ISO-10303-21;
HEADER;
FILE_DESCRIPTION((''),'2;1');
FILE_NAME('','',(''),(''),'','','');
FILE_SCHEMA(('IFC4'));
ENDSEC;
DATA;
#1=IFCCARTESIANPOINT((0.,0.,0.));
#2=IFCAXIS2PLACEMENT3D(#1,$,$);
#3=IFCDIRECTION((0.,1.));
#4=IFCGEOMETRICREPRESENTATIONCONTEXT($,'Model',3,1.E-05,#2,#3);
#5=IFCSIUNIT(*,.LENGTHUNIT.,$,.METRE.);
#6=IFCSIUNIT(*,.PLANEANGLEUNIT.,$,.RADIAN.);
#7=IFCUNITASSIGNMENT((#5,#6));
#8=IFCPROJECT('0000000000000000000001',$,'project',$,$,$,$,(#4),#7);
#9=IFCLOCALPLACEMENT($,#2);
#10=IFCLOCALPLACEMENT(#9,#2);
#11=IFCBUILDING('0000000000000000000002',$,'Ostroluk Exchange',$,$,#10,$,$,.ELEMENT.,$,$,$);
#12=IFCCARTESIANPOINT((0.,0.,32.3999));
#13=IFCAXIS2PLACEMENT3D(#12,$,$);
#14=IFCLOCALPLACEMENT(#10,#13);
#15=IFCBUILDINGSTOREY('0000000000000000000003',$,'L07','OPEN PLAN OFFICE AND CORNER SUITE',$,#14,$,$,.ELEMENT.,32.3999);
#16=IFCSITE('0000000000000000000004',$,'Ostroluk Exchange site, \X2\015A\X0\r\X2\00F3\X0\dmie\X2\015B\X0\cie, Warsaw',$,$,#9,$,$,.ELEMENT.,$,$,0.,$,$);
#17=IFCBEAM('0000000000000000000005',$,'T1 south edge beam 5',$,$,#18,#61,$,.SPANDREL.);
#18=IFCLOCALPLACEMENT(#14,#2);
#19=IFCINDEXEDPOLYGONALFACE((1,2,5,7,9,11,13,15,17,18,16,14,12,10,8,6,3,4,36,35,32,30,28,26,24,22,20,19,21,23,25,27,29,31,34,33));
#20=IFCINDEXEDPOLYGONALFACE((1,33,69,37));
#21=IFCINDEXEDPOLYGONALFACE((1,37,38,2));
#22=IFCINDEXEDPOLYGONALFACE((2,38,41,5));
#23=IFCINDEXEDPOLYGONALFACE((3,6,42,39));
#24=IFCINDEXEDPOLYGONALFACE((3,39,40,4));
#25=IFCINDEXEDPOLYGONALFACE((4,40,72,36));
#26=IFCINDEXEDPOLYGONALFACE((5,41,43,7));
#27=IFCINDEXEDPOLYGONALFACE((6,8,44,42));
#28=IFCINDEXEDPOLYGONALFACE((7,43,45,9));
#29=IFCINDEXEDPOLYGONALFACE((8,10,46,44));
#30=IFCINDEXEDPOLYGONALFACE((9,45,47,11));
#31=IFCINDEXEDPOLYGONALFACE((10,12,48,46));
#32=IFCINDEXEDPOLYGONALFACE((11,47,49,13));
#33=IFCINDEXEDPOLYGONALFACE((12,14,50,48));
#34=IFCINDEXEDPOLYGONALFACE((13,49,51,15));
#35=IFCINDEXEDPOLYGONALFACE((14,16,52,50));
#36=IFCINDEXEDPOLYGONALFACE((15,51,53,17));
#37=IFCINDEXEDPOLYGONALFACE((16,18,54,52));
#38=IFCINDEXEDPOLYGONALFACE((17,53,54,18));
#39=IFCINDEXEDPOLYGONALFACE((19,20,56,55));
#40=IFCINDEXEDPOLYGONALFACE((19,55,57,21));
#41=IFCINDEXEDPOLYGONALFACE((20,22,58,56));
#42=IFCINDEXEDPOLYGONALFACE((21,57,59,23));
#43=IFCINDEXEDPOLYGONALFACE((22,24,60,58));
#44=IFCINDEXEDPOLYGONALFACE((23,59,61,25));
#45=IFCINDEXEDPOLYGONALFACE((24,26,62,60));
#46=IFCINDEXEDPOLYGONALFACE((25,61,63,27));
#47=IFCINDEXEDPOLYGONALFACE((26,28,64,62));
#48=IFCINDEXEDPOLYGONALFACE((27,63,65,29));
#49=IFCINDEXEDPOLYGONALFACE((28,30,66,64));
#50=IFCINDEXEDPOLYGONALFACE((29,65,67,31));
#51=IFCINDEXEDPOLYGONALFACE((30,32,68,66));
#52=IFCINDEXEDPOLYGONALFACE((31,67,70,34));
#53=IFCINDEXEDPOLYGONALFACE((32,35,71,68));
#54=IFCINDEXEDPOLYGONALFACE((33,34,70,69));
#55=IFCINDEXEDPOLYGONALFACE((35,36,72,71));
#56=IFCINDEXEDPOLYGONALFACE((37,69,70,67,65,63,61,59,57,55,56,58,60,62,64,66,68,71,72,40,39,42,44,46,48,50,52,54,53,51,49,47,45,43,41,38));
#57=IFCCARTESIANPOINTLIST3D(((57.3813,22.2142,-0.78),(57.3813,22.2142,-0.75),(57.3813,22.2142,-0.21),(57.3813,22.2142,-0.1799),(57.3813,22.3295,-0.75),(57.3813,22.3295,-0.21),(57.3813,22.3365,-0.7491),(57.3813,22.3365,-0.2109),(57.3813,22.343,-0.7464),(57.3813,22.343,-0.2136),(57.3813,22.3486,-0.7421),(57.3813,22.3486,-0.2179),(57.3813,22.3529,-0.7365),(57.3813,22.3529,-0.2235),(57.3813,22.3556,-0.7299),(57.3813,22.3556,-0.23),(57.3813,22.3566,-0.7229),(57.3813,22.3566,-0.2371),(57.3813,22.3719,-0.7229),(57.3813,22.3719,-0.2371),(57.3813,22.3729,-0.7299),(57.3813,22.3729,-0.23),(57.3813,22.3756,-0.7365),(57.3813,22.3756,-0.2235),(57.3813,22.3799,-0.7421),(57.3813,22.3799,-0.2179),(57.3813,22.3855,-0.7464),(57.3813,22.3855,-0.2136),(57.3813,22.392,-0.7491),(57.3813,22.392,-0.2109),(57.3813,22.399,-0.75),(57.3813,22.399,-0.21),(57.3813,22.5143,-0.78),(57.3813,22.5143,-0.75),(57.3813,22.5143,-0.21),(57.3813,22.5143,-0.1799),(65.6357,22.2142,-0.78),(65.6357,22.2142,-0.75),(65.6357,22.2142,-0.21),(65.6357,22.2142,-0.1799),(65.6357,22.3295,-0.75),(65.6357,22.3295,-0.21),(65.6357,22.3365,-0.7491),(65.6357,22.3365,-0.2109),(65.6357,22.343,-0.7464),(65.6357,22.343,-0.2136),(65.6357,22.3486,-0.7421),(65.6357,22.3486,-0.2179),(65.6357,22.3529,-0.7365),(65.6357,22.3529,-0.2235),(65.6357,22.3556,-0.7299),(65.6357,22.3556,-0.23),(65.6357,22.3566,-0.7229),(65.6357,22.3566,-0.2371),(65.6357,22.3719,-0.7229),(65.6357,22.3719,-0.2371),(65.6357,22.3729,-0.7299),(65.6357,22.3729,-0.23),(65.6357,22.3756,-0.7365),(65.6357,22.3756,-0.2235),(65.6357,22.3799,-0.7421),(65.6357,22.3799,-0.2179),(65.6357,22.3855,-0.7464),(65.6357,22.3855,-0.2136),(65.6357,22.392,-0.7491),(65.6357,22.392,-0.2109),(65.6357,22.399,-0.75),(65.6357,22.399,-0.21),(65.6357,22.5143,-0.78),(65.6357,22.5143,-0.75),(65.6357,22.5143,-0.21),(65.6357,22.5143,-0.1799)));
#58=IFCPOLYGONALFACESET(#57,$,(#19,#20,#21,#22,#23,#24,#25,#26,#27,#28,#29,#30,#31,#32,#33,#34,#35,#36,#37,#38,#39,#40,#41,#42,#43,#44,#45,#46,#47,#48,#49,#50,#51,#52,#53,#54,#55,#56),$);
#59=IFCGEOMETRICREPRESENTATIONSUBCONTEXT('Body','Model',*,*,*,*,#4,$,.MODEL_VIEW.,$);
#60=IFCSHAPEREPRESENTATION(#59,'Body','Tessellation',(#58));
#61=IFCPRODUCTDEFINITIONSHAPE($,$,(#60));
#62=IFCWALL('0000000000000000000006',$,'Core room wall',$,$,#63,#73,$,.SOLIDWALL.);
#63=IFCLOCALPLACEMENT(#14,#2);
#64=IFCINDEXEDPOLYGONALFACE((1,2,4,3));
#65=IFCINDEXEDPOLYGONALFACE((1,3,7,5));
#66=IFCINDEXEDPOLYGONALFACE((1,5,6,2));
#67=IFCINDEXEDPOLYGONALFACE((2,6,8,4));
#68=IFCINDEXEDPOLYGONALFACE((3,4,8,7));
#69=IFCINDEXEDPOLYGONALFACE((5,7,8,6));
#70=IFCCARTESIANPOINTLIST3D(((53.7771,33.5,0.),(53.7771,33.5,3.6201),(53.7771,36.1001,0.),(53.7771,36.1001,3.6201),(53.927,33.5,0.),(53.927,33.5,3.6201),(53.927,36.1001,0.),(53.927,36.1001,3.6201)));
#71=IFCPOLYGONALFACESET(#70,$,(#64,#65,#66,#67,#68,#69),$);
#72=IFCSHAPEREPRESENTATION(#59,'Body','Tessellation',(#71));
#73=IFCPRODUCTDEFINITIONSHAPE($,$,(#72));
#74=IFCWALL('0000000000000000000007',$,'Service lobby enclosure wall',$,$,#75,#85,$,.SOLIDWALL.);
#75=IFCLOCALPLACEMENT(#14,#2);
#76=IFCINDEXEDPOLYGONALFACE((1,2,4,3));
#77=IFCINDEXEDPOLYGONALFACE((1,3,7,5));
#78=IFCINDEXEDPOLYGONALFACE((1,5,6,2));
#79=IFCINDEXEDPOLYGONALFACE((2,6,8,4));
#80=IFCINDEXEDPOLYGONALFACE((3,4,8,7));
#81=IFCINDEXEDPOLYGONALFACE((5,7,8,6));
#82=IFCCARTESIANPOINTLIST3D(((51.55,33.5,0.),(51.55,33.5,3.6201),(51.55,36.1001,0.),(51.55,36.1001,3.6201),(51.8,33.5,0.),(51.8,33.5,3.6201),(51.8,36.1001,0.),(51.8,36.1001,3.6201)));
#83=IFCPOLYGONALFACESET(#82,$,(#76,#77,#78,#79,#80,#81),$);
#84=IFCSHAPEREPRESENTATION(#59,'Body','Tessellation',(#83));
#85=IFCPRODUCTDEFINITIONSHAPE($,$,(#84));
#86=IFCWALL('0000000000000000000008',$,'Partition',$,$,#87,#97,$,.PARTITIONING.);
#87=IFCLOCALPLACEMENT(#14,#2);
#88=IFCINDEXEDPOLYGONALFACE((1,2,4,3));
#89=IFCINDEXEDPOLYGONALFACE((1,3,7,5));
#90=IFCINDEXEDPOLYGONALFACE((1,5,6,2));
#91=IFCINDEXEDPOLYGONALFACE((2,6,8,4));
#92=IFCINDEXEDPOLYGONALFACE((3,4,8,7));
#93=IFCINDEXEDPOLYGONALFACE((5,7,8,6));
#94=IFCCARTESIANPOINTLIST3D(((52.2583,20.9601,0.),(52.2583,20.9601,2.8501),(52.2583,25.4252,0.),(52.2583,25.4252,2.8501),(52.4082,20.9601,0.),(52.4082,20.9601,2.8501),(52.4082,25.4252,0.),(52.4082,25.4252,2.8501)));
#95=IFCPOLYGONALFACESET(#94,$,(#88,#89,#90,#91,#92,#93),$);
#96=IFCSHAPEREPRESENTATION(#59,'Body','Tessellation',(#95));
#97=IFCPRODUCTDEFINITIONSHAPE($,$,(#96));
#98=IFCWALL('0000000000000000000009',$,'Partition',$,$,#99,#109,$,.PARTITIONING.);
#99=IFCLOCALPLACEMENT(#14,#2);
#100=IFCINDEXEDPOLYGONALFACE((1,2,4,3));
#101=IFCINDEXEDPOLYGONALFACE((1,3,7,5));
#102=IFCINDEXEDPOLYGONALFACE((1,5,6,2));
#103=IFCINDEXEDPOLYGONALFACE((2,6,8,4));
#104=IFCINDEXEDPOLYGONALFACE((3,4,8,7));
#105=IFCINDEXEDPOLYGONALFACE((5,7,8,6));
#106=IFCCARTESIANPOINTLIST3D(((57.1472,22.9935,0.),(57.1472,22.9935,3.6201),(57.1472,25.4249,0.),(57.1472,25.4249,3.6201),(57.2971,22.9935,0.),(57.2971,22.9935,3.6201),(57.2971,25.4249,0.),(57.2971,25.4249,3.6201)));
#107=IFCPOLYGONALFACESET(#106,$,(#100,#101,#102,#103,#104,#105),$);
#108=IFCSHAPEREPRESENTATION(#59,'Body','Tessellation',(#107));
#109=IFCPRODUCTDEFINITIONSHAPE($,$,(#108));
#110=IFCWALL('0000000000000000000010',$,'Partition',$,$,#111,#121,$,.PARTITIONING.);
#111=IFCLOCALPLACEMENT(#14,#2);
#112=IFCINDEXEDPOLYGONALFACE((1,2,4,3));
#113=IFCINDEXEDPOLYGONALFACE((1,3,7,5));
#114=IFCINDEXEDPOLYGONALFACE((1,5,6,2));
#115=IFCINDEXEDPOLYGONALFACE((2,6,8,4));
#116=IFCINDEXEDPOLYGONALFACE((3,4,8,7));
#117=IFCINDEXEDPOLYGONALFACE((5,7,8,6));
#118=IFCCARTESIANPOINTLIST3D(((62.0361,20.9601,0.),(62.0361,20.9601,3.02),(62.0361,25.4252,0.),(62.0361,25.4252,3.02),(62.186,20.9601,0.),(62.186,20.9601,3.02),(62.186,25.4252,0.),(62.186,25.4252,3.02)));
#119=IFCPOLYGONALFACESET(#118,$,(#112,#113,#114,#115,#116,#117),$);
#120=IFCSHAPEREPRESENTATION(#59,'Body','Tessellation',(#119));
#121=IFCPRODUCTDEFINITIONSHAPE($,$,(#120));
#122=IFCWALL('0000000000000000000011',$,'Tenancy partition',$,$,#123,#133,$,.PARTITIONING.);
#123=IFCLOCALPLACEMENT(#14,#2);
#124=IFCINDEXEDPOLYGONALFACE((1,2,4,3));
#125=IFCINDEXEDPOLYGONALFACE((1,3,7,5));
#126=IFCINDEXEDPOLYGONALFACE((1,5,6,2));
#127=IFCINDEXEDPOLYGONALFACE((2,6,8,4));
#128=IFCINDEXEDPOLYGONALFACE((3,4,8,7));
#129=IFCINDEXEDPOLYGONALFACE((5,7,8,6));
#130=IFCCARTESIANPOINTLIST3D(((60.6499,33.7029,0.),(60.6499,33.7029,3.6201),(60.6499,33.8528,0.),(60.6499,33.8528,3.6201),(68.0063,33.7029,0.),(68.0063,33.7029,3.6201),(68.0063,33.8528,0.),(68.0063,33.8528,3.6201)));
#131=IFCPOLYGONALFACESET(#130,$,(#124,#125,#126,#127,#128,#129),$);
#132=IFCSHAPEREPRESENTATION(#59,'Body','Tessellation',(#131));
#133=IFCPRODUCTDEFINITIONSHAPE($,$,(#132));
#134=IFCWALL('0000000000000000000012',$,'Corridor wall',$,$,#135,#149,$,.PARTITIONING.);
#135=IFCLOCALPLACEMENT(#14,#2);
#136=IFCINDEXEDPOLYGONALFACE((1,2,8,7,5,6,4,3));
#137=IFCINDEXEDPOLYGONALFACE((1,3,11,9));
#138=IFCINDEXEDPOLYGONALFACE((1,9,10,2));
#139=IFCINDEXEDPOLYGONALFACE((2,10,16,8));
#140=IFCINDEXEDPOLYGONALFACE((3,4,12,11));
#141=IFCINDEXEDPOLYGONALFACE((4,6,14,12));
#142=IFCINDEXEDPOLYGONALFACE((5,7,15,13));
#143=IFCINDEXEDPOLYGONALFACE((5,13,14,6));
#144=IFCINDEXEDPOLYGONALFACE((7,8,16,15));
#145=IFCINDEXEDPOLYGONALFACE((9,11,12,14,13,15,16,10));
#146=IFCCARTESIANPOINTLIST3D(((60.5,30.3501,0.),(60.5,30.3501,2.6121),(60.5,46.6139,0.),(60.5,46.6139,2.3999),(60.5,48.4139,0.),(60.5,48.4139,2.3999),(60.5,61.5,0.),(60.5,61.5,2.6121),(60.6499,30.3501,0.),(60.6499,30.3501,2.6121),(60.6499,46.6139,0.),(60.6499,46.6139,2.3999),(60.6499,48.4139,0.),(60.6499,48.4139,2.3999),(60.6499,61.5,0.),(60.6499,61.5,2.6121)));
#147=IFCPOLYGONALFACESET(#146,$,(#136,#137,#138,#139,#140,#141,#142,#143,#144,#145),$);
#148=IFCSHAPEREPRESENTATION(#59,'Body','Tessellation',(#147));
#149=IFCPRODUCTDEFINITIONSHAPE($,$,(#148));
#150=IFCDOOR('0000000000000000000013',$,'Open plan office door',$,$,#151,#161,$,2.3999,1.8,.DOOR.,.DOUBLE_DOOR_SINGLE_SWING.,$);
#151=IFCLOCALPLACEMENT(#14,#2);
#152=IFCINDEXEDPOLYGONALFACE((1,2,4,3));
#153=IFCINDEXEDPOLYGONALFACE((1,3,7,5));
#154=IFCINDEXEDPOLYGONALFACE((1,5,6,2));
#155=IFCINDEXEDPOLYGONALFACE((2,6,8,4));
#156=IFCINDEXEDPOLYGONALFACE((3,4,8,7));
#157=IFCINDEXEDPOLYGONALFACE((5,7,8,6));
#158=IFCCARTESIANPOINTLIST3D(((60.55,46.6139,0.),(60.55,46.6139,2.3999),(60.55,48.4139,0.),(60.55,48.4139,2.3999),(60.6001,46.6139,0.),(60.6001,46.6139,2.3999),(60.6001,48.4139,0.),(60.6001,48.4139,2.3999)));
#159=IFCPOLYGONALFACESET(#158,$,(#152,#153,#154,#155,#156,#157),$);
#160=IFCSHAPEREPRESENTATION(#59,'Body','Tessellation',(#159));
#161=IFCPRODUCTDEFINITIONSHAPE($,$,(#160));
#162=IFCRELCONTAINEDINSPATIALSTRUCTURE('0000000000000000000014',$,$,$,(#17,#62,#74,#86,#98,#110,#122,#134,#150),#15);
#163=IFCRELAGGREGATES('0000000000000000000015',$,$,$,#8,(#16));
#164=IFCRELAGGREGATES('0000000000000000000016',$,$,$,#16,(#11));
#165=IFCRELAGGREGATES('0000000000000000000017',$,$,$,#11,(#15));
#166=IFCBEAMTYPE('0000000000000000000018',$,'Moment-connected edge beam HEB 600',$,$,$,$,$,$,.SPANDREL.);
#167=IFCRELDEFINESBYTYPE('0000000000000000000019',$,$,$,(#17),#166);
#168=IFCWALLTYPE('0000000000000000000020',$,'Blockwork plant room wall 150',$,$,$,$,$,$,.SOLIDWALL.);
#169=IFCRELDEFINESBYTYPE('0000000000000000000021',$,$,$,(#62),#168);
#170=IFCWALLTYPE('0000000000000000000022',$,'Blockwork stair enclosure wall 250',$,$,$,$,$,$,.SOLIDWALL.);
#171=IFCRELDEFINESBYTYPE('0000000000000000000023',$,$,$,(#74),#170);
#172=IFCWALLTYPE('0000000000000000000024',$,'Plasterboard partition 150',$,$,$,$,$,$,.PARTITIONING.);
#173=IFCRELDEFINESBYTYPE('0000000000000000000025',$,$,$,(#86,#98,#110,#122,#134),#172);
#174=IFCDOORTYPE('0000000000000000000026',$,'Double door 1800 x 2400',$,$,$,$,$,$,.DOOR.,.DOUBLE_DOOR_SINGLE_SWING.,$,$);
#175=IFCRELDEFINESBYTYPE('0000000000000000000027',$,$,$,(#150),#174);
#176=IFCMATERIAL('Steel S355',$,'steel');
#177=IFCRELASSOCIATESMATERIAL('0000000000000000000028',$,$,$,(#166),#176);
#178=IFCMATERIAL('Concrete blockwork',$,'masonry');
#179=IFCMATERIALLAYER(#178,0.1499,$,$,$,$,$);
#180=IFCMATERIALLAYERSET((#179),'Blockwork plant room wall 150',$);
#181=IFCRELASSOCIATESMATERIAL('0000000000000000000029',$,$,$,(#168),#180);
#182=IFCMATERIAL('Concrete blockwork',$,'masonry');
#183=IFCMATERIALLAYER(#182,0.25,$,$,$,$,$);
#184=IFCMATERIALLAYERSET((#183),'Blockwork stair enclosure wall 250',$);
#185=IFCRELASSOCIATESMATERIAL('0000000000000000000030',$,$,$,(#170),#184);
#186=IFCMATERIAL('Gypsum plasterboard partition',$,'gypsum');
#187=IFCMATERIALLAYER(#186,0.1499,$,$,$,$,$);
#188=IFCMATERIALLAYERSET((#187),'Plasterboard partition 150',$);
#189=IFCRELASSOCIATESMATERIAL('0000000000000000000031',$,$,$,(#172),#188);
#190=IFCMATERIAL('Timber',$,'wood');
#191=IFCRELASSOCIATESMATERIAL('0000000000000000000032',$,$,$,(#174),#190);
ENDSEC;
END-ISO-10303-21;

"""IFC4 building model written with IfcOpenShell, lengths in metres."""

from ifc_helpers import new_model, si_unit, direction, frame, frame_2d, origin, origin_2d, place, context, subcontext, project, spatial, rectangle, i_section, extrude, material, layer, layer_set, material_profile, profile_set, type_object, element, fill, save


model = new_model("IFC4")

# Units and contexts
model_context = context("Model", 3, precision=1e-05, world=origin(), true_north=direction((0.0, 1.0)))
body_context = subcontext(model_context, "Body", "Model", "MODEL_VIEW")
ifc_project = project(units=[si_unit("LENGTHUNIT", "METRE"), si_unit("PLANEANGLEUNIT", "RADIAN")], contexts=[model_context])

# Site, building, storey
site_placement = place(None, origin())
site = spatial("IfcSite", under=ifc_project, at=site_placement, Name="Ostroluk Exchange site, Śródmieście, Warsaw", CompositionType="ELEMENT", RefElevation=0.0)
building_placement = place(site_placement, origin())
building = spatial("IfcBuilding", under=site, at=building_placement, Name="Ostroluk Exchange", CompositionType="ELEMENT")
storey_placement = place(building_placement, frame((0.0, 0.0, 32.3999)))
storey = spatial("IfcBuildingStorey", under=building, at=storey_placement, Name="L07", Description="OPEN PLAN OFFICE AND CORNER SUITE", CompositionType="ELEMENT", Elevation=32.3999)

# Beam
ifc_material_1 = material(Name="Steel S355", Category="steel")
ifc_material_profile_1 = material_profile(ifc_material_1, i_section(OverallWidth=0.3, OverallDepth=0.6001, WebThickness=0.0154, FlangeThickness=0.03, FilletRadius=0.0271, at=origin_2d()), Name="HEB 600")
ifc_profile_set_1 = profile_set([ifc_material_profile_1], Name="Steel S355")
beam_type_1 = type_object("IfcBeamType", Name="Moment-connected edge beam HEB 600", PredefinedType="SPANDREL", material=ifc_profile_set_1)
beam_1_placement = place(storey_placement, frame((57.3813, 22.3643, -0.48), z_axis=(1.0, 0.0, 0.0), x_axis=(0.0, 1.0, 0.0)))
element("IfcBeam", 1, at=beam_1_placement, inside=storey, type_object=beam_type_1, Name="T1 south edge beam 5", PredefinedType="SPANDREL", context=body_context, shape_type="SweptSolid", body=[
    extrude(i_section(OverallWidth=0.3, OverallDepth=0.6001, WebThickness=0.0154, FlangeThickness=0.03, FilletRadius=0.0271, at=origin_2d()), origin(), (0.0, 0.0, 1.0), 8.2544),
])

# Walls
ifc_material_2 = material(Name="Concrete blockwork", Category="masonry")
ifc_layer_1 = layer(ifc_material_2, 0.1499)
ifc_layer_set_1 = layer_set([ifc_layer_1], Name="Blockwork plant room wall 150")
wall_type_1 = type_object("IfcWallType", Name="Blockwork plant room wall 150", PredefinedType="SOLIDWALL", material=ifc_layer_set_1)
wall_1_placement = place(storey_placement, frame((53.8521, 33.5, 0.0), z_axis=(0.0, 0.0, 1.0), x_axis=(0.0, 1.0, 0.0)))
element("IfcWall", 2, at=wall_1_placement, inside=storey, type_object=wall_type_1, Name="Core room wall", PredefinedType="SOLIDWALL", context=body_context, shape_type="SweptSolid", body=[
    extrude(rectangle(XDim=2.6001, YDim=0.1499, at=frame_2d((1.3, 0.0))), origin(), (0.0, 0.0, 1.0), 3.6201),
])
ifc_material_3 = material(Name="Concrete blockwork", Category="masonry")
ifc_layer_2 = layer(ifc_material_3, 0.25)
ifc_layer_set_2 = layer_set([ifc_layer_2], Name="Blockwork stair enclosure wall 250")
wall_type_2 = type_object("IfcWallType", Name="Blockwork stair enclosure wall 250", PredefinedType="SOLIDWALL", material=ifc_layer_set_2)
wall_2_placement = place(storey_placement, frame((51.675, 33.5, 0.0), z_axis=(0.0, 0.0, 1.0), x_axis=(0.0, 1.0, 0.0)))
element("IfcWall", 3, at=wall_2_placement, inside=storey, type_object=wall_type_2, Name="Service lobby enclosure wall", PredefinedType="SOLIDWALL", context=body_context, shape_type="SweptSolid", body=[
    extrude(rectangle(XDim=2.6001, YDim=0.25, at=frame_2d((1.3, 0.0))), origin(), (0.0, 0.0, 1.0), 3.6201),
])

# Walls
ifc_material_4 = material(Name="Gypsum plasterboard partition", Category="gypsum")
ifc_layer_3 = layer(ifc_material_4, 0.1499)
ifc_layer_set_3 = layer_set([ifc_layer_3], Name="Plasterboard partition 150")
wall_type_3 = type_object("IfcWallType", Name="Plasterboard partition 150", PredefinedType="PARTITIONING", material=ifc_layer_set_3)
wall_3_placement = place(storey_placement, frame((52.3333, 25.425, 0.0), z_axis=(0.0, 0.0, 1.0), x_axis=(0.0, -1.0, 0.0)))
element("IfcWall", 4, at=wall_3_placement, inside=storey, type_object=wall_type_3, Name="Partition", PredefinedType="PARTITIONING", context=body_context, shape_type="SweptSolid", body=[
    extrude(rectangle(XDim=4.4651, YDim=0.1499, at=frame_2d((2.2324, 0.0))), origin(), (0.0, 0.0, 1.0), 2.8501),
])
wall_4_placement = place(storey_placement, frame((57.2222, 25.425, 0.0), z_axis=(0.0, 0.0, 1.0), x_axis=(0.0, -1.0, 0.0)))
element("IfcWall", 5, at=wall_4_placement, inside=storey, type_object=wall_type_3, Name="Partition", PredefinedType="PARTITIONING", context=body_context, shape_type="SweptSolid", body=[
    extrude(rectangle(XDim=2.4314, YDim=0.1499, at=frame_2d((1.2158, 0.0))), origin(), (0.0, 0.0, 1.0), 3.6201),
])
wall_5_placement = place(storey_placement, frame((62.1111, 25.425, 0.0), z_axis=(0.0, 0.0, 1.0), x_axis=(0.0, -1.0, 0.0)))
element("IfcWall", 6, at=wall_5_placement, inside=storey, type_object=wall_type_3, Name="Partition", PredefinedType="PARTITIONING", context=body_context, shape_type="SweptSolid", body=[
    extrude(rectangle(XDim=4.4651, YDim=0.1499, at=frame_2d((2.2324, 0.0))), origin(), (0.0, 0.0, 1.0), 3.02),
])
wall_6_placement = place(storey_placement, frame((60.6499, 33.7778, 0.0), z_axis=(0.0, 0.0, 1.0), x_axis=(1.0, 0.0, 0.0)))
element("IfcWall", 7, at=wall_6_placement, inside=storey, type_object=wall_type_3, Name="Tenancy partition", PredefinedType="PARTITIONING", context=body_context, shape_type="SweptSolid", body=[
    extrude(rectangle(XDim=7.3564, YDim=0.1499, at=frame_2d((3.6782, 0.0))), origin(), (0.0, 0.0, 1.0), 3.6201),
])

# Wall, opening, door
wall_7_placement = place(storey_placement, frame((60.575, 30.3501, 0.0), z_axis=(0.0, 0.0, 1.0), x_axis=(0.0, 1.0, 0.0)))
wall_7 = element("IfcWall", 8, at=wall_7_placement, inside=storey, type_object=wall_type_3, Name="Corridor wall", PredefinedType="PARTITIONING", context=body_context, shape_type="SweptSolid", body=[
    extrude(rectangle(XDim=31.1499, YDim=0.1499, at=frame_2d((15.575, 0.0))), origin(), (0.0, 0.0, 1.0), 2.6121),
])
opening_1_placement = place(wall_7_placement, frame((16.2639, 0.0, 0.0)))
opening_1 = element("IfcOpeningElement", 9, at=opening_1_placement, cuts=wall_7, PredefinedType="OPENING", context=body_context, shape_type="SweptSolid", body=[
    extrude(rectangle(XDim=1.8, YDim=2.3999, at=frame_2d((0.8999, 1.2))), frame((0.0, 0.085, 0.0), z_axis=(0.0, -1.0, 0.0), x_axis=(1.0, 0.0, 0.0)), (0.0, 0.0, 1.0), 0.1699),
])
ifc_material_5 = material(Name="Timber", Category="wood")
door_type_1 = type_object("IfcDoorType", Name="Double door 1800 x 2400", OperationType="DOUBLE_DOOR_SINGLE_SWING", PredefinedType="DOOR", material=ifc_material_5)
door_1_placement = place(opening_1_placement, origin())
door_1 = element("IfcDoor", 10, at=door_1_placement, inside=storey, type_object=door_type_1, Name="Open plan office door", OperationType="DOUBLE_DOOR_SINGLE_SWING", OverallHeight=2.3999, OverallWidth=1.8, PredefinedType="DOOR", context=body_context, shape_type="SweptSolid", body=[
    extrude(rectangle(XDim=1.8, YDim=2.3999, at=frame_2d((0.8999, 1.2))), frame((0.0, 0.0249, 0.0), z_axis=(0.0, -1.0, 0.0), x_axis=(1.0, 0.0, 0.0)), (0.0, 0.0, 1.0), 0.05),
])
fill(opening_1, door_1)

save(model, "model.ifc")
